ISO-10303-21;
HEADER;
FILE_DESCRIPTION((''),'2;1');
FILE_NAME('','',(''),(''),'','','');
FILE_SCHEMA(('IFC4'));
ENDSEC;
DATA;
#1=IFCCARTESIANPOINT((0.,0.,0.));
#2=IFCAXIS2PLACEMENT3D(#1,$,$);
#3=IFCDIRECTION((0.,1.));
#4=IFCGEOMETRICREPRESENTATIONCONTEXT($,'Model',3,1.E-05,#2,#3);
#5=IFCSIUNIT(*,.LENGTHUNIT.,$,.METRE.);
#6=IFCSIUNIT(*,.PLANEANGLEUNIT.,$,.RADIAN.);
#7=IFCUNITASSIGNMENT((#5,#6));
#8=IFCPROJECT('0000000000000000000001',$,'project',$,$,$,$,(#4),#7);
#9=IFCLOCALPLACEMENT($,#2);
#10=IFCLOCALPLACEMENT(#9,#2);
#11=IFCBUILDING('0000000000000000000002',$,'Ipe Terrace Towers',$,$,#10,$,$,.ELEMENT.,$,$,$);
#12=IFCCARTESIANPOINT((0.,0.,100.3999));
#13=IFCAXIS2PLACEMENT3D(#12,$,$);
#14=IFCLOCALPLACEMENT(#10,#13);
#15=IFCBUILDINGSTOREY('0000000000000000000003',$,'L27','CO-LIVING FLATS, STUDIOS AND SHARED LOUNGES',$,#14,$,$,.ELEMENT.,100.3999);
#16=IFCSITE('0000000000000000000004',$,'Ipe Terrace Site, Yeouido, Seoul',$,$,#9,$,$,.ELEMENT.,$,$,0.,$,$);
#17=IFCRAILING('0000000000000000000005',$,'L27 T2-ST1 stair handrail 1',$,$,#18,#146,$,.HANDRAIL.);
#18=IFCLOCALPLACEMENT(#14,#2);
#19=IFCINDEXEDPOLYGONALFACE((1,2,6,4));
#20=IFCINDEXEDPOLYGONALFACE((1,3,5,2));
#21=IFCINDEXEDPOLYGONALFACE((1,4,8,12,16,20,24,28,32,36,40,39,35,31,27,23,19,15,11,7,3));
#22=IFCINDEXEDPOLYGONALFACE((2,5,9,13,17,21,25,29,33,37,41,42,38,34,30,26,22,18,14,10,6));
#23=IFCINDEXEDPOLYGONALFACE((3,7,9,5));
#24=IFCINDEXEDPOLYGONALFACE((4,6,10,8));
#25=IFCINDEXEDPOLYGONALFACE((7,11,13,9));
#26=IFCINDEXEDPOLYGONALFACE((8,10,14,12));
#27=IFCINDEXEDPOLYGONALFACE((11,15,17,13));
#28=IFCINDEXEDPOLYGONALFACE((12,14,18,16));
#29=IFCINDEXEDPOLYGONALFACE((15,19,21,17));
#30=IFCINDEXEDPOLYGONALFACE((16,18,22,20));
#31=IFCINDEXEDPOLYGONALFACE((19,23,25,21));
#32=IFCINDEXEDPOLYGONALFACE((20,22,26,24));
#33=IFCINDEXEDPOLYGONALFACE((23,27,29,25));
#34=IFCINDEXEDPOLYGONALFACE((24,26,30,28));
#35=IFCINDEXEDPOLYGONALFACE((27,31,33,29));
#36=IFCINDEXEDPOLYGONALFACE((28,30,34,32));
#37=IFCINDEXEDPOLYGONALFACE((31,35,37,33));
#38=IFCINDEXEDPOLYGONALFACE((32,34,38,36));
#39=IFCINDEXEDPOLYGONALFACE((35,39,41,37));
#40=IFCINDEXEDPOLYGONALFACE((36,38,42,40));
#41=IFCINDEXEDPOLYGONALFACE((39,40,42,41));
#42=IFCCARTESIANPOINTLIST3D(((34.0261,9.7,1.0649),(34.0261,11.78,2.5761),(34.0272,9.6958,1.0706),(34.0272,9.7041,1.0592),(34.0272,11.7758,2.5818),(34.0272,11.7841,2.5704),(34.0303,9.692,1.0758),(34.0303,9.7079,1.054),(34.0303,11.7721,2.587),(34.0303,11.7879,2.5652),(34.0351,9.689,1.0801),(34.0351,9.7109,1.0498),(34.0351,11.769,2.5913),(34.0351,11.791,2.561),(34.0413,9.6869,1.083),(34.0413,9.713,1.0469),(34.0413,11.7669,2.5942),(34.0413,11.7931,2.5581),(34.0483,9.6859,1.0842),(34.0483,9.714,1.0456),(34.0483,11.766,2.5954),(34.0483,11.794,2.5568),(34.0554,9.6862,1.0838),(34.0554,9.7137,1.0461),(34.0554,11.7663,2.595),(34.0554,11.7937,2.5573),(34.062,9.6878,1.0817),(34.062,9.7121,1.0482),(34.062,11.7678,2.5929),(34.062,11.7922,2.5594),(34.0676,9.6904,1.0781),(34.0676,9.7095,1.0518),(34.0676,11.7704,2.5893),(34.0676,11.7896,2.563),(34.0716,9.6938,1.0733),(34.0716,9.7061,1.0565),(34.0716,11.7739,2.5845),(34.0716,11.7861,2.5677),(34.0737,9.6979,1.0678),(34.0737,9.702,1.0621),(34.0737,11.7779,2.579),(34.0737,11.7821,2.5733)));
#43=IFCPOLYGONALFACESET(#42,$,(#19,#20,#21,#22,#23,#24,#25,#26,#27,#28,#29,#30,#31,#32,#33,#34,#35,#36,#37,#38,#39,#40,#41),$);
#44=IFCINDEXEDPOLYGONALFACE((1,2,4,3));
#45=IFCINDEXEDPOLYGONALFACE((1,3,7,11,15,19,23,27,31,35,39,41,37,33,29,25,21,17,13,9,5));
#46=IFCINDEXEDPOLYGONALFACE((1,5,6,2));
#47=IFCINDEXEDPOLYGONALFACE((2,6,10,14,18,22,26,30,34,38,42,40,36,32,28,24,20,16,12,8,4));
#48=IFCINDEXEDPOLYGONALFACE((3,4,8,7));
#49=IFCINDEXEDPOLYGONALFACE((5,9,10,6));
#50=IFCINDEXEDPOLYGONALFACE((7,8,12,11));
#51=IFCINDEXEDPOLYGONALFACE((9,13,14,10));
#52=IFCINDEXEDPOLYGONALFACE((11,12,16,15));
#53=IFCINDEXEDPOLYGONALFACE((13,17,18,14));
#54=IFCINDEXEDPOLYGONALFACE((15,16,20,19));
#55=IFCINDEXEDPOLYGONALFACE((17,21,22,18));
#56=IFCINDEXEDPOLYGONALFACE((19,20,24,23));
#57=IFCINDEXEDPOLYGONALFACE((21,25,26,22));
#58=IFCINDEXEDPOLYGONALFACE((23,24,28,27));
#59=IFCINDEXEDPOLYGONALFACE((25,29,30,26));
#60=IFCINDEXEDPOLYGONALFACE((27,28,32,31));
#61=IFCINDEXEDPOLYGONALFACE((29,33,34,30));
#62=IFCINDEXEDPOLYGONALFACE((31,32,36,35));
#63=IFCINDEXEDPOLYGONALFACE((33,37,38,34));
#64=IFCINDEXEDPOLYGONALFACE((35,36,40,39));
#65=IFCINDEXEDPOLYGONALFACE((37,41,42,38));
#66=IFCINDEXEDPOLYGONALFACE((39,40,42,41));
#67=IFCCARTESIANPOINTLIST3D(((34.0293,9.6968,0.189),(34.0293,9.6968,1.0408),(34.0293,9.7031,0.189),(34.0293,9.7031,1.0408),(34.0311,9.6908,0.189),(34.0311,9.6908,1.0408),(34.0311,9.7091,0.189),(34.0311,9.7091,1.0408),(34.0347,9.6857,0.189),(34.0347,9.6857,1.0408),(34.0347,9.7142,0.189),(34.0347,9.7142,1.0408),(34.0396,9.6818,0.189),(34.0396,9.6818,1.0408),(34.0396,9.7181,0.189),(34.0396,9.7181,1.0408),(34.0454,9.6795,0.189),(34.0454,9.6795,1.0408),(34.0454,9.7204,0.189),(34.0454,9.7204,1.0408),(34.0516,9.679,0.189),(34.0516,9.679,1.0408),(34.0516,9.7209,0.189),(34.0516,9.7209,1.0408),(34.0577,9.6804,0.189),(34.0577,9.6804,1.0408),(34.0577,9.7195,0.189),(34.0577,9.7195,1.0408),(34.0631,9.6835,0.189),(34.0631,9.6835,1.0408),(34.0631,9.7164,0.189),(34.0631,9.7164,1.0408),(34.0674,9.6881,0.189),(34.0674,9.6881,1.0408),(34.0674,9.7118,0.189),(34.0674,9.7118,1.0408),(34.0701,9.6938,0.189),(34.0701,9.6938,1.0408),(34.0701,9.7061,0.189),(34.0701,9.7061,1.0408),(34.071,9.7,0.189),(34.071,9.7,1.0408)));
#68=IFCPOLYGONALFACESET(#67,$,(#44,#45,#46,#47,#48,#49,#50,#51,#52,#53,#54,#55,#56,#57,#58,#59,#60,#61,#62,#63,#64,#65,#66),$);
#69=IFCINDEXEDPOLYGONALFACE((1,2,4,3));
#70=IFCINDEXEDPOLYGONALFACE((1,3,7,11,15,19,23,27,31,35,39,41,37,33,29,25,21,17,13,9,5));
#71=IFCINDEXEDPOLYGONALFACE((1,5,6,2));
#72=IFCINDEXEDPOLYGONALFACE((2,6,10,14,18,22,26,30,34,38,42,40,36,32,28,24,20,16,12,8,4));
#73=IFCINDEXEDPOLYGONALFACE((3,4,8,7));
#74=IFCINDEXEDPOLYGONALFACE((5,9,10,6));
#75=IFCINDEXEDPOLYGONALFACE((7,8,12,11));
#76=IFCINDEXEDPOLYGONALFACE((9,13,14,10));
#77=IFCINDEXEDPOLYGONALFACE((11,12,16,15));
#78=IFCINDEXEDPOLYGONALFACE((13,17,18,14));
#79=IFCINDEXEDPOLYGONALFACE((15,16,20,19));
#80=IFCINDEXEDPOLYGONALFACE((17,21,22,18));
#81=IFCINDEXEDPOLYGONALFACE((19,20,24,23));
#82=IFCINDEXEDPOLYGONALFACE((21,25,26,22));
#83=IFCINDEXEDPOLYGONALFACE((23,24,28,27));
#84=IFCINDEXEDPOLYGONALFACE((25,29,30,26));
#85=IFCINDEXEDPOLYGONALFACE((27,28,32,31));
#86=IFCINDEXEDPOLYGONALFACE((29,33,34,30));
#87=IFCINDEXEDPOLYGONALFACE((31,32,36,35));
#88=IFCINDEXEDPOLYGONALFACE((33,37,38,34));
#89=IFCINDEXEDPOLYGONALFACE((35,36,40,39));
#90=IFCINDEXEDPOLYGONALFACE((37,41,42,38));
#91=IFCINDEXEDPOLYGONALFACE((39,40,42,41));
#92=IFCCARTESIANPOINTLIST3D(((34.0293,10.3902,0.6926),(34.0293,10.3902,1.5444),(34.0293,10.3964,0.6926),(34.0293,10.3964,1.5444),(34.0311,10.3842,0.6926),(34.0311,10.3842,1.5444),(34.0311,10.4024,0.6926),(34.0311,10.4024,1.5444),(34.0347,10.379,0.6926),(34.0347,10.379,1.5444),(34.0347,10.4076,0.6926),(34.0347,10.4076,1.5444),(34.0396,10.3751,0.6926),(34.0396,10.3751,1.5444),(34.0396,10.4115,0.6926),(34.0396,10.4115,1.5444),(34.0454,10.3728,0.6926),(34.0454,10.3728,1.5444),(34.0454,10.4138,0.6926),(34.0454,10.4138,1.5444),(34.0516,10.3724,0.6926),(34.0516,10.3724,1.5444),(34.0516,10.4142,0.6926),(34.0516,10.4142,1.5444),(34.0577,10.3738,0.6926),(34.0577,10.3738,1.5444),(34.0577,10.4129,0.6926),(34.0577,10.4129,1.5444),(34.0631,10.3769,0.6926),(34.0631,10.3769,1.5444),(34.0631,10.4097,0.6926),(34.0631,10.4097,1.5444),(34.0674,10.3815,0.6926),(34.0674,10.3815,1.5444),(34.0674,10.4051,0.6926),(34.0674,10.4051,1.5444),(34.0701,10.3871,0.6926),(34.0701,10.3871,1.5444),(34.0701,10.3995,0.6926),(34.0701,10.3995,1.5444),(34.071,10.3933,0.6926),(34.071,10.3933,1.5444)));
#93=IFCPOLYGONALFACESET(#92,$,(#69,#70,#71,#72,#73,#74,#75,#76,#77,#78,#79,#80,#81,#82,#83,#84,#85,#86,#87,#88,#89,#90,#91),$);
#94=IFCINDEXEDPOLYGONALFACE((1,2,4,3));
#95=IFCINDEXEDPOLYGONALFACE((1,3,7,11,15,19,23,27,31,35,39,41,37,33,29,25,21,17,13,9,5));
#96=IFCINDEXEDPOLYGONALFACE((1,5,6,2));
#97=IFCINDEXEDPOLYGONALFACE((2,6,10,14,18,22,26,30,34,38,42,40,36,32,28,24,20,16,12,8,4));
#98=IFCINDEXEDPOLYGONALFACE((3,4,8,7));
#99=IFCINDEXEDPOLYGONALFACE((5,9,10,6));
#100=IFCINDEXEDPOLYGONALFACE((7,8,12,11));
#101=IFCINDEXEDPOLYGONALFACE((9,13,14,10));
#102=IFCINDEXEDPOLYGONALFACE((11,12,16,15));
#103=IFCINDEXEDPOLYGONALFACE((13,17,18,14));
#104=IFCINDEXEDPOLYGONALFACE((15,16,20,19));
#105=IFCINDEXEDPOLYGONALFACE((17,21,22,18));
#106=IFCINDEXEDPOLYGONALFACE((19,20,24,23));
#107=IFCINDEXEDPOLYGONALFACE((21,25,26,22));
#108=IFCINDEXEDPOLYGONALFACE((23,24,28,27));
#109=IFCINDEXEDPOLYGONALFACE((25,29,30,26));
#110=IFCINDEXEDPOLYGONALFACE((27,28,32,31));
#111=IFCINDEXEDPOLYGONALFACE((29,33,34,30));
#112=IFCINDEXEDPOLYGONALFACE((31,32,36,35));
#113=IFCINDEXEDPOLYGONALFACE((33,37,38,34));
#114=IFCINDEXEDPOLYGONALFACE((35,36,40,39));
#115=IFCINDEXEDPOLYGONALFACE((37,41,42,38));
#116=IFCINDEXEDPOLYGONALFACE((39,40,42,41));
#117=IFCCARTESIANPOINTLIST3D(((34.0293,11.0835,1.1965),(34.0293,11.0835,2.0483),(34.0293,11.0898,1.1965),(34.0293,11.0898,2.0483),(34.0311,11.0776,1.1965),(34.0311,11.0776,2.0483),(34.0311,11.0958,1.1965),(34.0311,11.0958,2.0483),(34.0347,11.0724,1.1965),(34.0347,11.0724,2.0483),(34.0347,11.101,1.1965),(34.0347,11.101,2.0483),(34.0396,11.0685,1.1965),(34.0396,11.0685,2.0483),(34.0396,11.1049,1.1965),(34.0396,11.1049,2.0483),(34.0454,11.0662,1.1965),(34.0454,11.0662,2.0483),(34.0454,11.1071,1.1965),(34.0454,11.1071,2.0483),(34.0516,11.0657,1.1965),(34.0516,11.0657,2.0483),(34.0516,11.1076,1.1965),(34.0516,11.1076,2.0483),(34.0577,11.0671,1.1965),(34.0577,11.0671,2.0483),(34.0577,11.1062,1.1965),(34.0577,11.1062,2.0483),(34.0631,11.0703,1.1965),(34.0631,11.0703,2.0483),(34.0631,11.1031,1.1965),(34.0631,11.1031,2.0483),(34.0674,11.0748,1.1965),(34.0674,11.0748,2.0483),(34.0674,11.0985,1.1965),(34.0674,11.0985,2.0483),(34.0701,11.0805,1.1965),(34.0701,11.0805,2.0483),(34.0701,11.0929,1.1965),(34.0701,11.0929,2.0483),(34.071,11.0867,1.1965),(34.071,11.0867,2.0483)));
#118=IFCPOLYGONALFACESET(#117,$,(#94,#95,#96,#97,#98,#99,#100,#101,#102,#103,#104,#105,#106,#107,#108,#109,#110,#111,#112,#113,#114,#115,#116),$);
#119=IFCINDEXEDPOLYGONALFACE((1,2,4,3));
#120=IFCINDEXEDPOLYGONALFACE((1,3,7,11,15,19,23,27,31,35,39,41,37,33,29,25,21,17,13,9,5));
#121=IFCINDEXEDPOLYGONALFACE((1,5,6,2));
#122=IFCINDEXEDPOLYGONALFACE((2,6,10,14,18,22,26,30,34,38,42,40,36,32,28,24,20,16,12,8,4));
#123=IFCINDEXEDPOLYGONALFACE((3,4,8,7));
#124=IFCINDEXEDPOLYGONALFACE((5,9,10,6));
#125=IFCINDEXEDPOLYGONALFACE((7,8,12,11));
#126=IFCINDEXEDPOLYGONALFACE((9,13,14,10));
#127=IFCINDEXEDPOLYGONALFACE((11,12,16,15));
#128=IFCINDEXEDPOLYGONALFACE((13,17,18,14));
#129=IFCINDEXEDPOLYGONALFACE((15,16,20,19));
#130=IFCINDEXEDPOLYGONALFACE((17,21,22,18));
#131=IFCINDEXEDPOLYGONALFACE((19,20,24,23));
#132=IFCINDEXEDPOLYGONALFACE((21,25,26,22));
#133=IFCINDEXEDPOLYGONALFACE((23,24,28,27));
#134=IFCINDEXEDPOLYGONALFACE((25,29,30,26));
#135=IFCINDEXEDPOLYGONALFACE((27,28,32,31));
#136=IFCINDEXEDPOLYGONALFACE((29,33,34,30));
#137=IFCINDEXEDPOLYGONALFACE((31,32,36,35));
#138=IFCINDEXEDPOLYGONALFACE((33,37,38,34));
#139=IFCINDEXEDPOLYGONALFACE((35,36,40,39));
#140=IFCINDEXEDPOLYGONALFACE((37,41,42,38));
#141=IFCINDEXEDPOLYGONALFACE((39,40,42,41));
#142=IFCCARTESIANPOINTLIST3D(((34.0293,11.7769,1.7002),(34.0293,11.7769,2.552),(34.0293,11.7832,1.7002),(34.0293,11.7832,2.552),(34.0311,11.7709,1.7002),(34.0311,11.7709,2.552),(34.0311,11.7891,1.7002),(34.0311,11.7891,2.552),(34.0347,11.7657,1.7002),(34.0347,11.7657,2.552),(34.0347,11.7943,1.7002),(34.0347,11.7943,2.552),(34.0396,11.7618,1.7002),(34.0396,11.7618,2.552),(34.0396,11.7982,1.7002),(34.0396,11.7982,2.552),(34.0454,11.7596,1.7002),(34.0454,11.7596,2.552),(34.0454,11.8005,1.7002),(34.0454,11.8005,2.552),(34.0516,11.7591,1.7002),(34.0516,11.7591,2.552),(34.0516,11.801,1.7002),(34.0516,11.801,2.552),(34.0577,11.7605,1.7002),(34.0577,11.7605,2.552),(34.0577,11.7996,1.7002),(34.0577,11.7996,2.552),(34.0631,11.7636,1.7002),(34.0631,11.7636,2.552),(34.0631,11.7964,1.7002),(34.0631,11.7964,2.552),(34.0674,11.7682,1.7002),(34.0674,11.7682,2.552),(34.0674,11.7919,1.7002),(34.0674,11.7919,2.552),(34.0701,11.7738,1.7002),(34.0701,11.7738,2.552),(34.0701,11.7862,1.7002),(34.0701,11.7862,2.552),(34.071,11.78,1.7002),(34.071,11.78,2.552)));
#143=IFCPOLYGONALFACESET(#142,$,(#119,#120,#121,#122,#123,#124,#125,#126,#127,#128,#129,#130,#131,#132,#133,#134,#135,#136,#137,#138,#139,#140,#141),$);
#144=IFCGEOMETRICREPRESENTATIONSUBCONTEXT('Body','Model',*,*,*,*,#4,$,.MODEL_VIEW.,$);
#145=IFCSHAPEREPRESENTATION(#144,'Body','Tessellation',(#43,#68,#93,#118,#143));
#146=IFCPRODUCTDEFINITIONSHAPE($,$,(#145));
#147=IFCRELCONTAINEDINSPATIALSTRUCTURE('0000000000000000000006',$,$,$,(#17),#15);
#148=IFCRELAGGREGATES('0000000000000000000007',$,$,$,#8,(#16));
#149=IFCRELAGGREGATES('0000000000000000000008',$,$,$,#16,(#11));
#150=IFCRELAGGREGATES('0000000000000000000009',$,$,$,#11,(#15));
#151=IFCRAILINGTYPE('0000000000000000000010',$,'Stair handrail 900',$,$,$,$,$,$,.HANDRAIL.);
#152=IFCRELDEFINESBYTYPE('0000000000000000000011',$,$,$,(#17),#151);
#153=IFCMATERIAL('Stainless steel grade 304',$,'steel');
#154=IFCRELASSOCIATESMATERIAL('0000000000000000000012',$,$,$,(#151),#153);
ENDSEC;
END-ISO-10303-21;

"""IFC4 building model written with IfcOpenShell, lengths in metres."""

from ifc_helpers import new_model, si_unit, direction, frame, origin, origin_2d, place, context, subcontext, project, spatial, circle, extrude, material, type_object, element, save


model = new_model("IFC4")

# Units and contexts
model_context = context("Model", 3, precision=1e-05, world=origin(), true_north=direction((0.0, 1.0)))
body_context = subcontext(model_context, "Body", "Model", "MODEL_VIEW")
ifc_project = project(units=[si_unit("LENGTHUNIT", "METRE"), si_unit("PLANEANGLEUNIT", "RADIAN")], contexts=[model_context])

# Site, building, storey
site_placement = place(None, origin())
site = spatial("IfcSite", under=ifc_project, at=site_placement, Name="Ipe Terrace Site, Yeouido, Seoul", CompositionType="ELEMENT", RefElevation=0.0)
building_placement = place(site_placement, origin())
building = spatial("IfcBuilding", under=site, at=building_placement, Name="Ipe Terrace Towers", CompositionType="ELEMENT")
storey_placement = place(building_placement, frame((0.0, 0.0, 100.3999)))
storey = spatial("IfcBuildingStorey", under=building, at=storey_placement, Name="L27", Description="CO-LIVING FLATS, STUDIOS AND SHARED LOUNGES", CompositionType="ELEMENT", Elevation=100.3999)

# Railing
ifc_material_1 = material(Name="Stainless steel grade 304", Category="steel")
railing_type_1 = type_object("IfcRailingType", Name="Stair handrail 900", PredefinedType="HANDRAIL", material=ifc_material_1)
railing_1_placement = place(storey_placement, frame((34.05, 9.7, 0.189)))
element("IfcRailing", 1, at=railing_1_placement, inside=storey, type_object=railing_type_1, Name="L27 T2-ST1 stair handrail 1", PredefinedType="HANDRAIL", context=body_context, shape_type="SweptSolid", body=[
    extrude(circle(Radius=0.0239, at=origin_2d()), frame((0.0, 0.0, 0.876), z_axis=(0.0, 0.809023, 0.587776), x_axis=(-1.0, 0.0, 0.0)), (0.0, 0.0, 1.0), 2.571),
    extrude(circle(Radius=0.021, at=origin_2d()), origin(), (0.0, 0.0, 1.0), 0.8518),
    extrude(circle(Radius=0.021, at=origin_2d()), frame((0.0, 0.6934, 0.5037)), (0.0, 0.0, 1.0), 0.8518),
    extrude(circle(Radius=0.021, at=origin_2d()), frame((0.0, 1.3867, 1.0076)), (0.0, 0.0, 1.0), 0.8518),
    extrude(circle(Radius=0.021, at=origin_2d()), frame((0.0, 2.0801, 1.5112)), (0.0, 0.0, 1.0), 0.8518),
])

save(model, "model.ifc")
